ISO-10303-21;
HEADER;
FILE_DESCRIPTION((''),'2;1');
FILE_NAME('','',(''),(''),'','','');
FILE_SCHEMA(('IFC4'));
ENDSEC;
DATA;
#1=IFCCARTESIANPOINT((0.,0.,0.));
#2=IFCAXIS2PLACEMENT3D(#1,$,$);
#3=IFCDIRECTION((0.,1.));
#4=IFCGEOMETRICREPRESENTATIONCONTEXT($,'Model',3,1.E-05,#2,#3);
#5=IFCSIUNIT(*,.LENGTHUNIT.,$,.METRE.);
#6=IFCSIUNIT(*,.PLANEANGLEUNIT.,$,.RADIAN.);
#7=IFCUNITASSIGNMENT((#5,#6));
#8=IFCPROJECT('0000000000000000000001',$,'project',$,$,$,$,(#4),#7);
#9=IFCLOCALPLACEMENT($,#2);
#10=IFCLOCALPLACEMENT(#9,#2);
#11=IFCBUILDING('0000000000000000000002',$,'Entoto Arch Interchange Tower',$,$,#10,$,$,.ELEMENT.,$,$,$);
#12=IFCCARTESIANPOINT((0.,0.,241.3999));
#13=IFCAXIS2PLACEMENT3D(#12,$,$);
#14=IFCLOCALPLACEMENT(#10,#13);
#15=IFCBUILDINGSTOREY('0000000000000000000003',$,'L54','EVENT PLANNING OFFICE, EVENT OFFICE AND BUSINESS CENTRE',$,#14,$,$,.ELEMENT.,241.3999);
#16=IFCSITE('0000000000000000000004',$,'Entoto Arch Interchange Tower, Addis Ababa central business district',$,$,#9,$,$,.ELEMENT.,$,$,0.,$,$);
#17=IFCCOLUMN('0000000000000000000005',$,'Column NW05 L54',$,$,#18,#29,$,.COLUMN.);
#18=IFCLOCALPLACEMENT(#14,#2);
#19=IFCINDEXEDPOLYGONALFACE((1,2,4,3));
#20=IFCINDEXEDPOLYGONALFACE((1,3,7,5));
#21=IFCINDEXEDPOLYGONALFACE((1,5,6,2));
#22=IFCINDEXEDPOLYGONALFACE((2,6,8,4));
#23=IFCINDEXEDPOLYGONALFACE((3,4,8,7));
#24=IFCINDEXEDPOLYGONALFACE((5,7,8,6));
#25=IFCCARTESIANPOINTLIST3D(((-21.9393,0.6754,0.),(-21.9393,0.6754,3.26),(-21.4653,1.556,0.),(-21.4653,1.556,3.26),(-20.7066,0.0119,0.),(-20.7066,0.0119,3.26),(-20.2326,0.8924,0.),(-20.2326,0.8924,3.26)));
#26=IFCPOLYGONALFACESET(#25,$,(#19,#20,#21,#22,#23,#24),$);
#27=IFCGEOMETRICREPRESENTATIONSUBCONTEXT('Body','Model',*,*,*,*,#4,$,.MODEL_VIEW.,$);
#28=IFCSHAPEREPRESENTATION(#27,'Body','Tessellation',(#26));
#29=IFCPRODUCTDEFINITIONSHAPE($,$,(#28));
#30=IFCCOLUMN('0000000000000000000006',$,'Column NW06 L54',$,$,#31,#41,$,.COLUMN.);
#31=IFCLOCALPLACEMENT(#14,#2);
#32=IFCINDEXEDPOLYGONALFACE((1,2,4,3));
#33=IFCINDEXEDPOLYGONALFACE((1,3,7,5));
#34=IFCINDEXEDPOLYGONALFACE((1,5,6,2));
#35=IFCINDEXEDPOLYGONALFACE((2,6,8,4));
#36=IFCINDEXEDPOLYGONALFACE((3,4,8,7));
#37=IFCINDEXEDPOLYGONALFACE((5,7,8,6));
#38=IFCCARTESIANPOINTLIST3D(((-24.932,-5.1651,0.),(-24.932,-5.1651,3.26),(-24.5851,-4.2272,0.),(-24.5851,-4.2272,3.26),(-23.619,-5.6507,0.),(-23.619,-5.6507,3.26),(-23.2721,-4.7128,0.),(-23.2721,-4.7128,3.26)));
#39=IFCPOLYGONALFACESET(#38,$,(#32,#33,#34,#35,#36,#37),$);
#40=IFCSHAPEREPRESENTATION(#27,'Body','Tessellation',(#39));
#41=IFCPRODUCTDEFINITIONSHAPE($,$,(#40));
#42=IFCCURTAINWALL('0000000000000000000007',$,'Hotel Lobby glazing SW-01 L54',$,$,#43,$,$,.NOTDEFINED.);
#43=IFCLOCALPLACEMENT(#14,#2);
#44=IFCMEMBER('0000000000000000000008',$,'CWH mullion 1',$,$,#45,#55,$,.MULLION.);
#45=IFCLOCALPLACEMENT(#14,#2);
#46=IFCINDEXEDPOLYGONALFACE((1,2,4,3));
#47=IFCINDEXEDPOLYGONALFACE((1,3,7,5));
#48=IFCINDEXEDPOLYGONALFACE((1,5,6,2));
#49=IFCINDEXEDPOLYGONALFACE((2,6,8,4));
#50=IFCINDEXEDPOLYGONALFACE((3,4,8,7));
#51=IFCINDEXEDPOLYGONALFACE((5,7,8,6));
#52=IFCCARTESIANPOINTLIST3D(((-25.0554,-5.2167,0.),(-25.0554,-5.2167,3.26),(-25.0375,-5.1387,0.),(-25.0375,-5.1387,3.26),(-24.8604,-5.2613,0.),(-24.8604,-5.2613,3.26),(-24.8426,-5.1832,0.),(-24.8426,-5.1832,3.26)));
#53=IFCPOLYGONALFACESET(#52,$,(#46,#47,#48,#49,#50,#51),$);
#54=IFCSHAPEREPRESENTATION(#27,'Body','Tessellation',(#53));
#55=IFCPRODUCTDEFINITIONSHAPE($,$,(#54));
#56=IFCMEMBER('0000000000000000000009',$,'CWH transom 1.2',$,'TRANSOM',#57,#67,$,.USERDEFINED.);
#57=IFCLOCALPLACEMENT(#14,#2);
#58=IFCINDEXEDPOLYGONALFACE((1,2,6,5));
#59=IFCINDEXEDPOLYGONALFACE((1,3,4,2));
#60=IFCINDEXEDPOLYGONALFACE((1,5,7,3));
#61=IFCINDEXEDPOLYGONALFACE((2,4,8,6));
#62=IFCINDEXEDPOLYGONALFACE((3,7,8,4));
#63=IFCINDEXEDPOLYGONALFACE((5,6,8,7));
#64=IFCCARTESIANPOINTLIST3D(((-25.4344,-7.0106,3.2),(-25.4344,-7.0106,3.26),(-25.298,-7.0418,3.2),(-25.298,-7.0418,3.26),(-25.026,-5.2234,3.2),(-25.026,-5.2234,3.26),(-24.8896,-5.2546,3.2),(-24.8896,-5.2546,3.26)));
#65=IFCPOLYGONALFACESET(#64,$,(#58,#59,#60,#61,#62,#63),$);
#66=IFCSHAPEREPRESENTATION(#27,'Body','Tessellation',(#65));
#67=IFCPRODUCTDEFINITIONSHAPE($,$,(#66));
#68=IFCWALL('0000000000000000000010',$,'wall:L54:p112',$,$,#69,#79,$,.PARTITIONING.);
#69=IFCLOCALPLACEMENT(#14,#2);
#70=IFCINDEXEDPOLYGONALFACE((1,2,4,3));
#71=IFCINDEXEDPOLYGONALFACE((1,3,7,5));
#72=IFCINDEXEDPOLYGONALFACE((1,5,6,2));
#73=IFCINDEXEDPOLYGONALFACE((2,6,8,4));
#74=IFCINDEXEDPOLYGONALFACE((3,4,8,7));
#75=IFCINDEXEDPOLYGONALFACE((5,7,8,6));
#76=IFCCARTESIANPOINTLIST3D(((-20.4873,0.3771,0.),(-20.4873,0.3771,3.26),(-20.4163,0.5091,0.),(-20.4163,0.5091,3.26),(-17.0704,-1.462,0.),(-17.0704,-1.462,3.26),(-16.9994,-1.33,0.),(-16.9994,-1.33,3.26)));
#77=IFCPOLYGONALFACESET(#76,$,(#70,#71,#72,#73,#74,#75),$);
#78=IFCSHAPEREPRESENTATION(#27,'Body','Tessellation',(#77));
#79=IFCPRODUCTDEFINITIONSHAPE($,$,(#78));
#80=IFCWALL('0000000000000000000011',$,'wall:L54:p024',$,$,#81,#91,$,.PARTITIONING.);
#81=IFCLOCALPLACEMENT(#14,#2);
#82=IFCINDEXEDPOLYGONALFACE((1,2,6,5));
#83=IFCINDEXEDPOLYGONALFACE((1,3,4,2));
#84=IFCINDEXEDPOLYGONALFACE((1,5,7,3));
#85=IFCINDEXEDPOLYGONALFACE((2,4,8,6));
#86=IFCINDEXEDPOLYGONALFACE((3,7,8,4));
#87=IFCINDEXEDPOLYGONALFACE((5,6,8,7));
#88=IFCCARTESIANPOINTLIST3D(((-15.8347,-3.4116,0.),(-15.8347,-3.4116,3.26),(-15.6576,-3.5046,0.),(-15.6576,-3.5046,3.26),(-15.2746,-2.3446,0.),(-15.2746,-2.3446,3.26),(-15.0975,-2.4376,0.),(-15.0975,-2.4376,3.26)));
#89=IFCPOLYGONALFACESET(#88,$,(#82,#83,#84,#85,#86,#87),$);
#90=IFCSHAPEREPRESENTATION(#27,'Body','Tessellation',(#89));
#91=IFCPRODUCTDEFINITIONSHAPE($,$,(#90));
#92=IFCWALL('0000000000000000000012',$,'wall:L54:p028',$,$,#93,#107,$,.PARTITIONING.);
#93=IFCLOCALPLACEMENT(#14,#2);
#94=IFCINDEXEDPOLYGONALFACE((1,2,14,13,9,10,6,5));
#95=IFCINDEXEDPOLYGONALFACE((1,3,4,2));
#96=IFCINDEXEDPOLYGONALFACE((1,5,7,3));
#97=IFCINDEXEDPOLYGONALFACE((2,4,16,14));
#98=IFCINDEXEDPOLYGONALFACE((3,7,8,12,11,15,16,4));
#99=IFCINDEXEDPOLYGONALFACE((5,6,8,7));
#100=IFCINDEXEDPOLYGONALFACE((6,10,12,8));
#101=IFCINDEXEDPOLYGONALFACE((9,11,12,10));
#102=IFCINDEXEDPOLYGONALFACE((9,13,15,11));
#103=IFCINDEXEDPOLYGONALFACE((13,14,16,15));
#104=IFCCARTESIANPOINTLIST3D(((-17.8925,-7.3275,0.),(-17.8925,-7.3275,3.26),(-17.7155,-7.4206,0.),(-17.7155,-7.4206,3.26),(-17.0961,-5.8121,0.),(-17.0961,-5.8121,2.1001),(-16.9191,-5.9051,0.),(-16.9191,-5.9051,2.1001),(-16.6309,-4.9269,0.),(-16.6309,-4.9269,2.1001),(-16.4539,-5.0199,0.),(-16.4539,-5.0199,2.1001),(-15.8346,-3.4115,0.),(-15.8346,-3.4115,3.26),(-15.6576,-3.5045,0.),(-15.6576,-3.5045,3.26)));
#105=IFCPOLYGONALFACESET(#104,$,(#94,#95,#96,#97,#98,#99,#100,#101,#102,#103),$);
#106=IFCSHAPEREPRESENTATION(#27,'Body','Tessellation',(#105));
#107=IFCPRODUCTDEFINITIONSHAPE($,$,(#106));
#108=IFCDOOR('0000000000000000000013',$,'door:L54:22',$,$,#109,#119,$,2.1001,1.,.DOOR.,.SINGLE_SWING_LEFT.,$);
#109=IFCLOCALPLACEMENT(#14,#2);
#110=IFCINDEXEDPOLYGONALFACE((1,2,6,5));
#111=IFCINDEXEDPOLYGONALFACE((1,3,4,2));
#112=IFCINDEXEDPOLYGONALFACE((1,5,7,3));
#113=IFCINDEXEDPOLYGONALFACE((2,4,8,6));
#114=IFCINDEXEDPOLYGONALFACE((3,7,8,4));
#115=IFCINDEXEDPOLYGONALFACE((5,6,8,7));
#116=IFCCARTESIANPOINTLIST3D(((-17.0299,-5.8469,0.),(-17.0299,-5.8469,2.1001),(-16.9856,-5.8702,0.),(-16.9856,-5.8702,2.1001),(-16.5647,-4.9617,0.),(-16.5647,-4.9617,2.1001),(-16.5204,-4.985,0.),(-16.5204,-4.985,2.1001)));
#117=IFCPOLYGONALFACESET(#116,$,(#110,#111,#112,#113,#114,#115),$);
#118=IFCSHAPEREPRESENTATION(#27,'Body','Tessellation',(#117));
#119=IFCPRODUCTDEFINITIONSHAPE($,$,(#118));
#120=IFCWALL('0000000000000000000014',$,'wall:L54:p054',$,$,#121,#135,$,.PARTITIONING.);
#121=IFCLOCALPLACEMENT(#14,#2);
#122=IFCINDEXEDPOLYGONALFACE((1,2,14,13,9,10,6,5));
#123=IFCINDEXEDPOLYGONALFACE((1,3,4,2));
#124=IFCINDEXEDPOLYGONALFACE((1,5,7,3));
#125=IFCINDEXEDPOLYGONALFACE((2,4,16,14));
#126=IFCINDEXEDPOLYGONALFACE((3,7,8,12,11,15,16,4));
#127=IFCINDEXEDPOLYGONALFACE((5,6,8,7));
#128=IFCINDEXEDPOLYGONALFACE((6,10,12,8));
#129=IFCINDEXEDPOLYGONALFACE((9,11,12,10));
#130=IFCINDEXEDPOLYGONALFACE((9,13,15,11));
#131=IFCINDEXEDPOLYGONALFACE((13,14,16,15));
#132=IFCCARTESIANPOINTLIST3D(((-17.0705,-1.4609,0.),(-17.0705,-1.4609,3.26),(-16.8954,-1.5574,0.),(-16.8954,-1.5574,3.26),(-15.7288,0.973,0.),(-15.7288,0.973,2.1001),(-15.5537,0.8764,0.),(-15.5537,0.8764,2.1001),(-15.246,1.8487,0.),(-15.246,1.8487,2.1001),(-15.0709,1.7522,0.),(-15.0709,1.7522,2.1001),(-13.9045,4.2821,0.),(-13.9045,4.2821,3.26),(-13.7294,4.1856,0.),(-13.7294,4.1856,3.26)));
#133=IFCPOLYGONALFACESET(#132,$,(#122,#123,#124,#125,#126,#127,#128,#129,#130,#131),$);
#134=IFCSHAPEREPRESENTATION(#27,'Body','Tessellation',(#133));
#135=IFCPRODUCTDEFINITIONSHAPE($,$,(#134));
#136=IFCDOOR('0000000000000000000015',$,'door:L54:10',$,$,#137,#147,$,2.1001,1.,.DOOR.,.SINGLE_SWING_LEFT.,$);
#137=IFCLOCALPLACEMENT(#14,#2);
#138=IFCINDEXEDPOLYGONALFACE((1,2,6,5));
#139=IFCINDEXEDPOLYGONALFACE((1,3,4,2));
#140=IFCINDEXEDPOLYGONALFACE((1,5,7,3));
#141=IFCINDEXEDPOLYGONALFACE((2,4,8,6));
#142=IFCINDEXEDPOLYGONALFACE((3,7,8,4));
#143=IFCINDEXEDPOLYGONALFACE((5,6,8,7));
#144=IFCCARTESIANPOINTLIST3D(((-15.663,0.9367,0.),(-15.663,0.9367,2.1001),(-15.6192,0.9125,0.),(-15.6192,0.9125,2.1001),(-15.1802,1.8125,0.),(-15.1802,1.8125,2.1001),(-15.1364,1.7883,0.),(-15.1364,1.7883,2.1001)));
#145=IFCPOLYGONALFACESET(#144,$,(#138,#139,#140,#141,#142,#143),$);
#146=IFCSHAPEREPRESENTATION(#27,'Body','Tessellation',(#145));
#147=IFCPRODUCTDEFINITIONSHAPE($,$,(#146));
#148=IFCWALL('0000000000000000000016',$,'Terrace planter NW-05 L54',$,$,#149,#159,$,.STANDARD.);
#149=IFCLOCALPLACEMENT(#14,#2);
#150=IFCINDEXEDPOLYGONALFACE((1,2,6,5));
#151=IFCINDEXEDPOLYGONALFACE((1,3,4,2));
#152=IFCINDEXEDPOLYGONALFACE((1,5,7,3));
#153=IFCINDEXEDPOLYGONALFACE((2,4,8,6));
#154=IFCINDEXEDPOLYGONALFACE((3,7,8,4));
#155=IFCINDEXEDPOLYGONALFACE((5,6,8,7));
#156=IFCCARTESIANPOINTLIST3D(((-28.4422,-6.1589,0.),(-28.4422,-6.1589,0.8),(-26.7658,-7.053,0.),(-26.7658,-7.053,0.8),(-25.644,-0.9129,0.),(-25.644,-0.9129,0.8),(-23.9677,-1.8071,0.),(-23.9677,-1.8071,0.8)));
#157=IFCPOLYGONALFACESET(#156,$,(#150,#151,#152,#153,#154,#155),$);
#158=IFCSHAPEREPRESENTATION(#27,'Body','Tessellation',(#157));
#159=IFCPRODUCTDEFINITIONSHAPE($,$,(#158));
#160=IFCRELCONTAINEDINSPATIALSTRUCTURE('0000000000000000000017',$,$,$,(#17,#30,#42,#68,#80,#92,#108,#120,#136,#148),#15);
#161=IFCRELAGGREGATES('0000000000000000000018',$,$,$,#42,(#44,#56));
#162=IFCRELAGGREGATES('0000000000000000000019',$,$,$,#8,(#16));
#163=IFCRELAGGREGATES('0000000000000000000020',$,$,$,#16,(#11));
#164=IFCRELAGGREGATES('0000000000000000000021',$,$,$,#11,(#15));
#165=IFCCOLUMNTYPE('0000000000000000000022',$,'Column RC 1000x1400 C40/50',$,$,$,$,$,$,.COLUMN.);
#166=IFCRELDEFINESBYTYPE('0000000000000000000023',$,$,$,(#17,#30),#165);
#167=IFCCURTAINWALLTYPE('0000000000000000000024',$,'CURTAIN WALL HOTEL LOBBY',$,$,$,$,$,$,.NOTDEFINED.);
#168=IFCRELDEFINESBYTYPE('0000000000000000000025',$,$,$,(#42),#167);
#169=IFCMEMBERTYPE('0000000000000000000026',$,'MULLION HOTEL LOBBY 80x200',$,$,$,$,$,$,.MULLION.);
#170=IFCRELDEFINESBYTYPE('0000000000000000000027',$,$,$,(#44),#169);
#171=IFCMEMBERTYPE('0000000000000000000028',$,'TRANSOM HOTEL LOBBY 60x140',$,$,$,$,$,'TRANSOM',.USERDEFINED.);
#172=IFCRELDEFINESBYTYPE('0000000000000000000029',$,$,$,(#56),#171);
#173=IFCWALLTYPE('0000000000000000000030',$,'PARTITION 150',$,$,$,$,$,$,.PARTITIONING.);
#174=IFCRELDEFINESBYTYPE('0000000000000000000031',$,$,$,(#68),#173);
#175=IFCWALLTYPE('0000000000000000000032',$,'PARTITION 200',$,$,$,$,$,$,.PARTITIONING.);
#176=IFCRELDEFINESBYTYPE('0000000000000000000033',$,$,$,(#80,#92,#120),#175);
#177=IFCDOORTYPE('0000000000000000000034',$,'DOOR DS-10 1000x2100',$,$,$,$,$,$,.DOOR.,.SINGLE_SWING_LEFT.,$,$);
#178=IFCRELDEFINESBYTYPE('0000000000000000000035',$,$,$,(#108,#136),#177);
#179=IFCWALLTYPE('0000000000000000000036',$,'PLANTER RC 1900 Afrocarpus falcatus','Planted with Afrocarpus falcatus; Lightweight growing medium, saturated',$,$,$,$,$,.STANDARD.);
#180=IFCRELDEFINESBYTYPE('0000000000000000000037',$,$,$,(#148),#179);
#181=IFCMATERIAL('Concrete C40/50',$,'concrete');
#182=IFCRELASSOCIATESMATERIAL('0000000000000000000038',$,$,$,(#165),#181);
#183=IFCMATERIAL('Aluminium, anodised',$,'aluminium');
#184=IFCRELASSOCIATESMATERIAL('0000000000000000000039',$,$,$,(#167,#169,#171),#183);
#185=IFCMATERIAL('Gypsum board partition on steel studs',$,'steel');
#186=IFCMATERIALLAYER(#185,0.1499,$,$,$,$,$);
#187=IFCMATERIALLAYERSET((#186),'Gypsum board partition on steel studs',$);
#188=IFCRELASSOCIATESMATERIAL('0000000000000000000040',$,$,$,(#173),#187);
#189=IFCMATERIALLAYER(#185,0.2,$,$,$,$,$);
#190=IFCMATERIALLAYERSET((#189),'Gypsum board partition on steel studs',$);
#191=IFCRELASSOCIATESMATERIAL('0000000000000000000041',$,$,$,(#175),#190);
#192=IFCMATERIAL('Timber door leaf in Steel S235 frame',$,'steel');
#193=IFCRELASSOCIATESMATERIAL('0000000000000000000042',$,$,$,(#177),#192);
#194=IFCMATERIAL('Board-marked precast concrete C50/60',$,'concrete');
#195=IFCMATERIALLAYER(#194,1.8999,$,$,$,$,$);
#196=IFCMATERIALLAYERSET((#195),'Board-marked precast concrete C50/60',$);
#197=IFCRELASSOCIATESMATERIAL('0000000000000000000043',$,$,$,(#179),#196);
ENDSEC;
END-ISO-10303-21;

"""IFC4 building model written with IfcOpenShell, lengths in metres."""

from ifc_helpers import new_model, si_unit, direction, frame, frame_2d, origin, origin_2d, place, context, subcontext, project, spatial, rectangle, extrude, material, layer, layer_set, material_profile, profile_set, type_object, element, fill, aggregate, save


model = new_model("IFC4")

# Units and contexts
model_context = context("Model", 3, precision=1e-05, world=origin(), true_north=direction((0.0, 1.0)))
body_context = subcontext(model_context, "Body", "Model", "MODEL_VIEW")
ifc_project = project(units=[si_unit("LENGTHUNIT", "METRE"), si_unit("PLANEANGLEUNIT", "RADIAN")], contexts=[model_context])

# Site, building, storey
site_placement = place(None, origin())
site = spatial("IfcSite", under=ifc_project, at=site_placement, Name="Entoto Arch Interchange Tower, Addis Ababa central business district", CompositionType="ELEMENT", RefElevation=0.0)
building_placement = place(site_placement, origin())
building = spatial("IfcBuilding", under=site, at=building_placement, Name="Entoto Arch Interchange Tower", CompositionType="ELEMENT")
storey_placement = place(building_placement, frame((0.0, 0.0, 241.3999)))
storey = spatial("IfcBuildingStorey", under=building, at=storey_placement, Name="L54", Description="EVENT PLANNING OFFICE, EVENT OFFICE AND BUSINESS CENTRE", CompositionType="ELEMENT", Elevation=241.3999)

# Columns
ifc_material_1 = material(Name="Concrete C40/50", Category="concrete")
ifc_material_profile_1 = material_profile(ifc_material_1, rectangle(XDim=1.0, YDim=1.3999, at=origin_2d()))
ifc_profile_set_1 = profile_set([ifc_material_profile_1], Name="Concrete C40/50")
column_type = type_object("IfcColumnType", Name="Column RC 1000x1400 C40/50", PredefinedType="COLUMN", material=ifc_profile_set_1)
for number, where, z_axis, x_axis, name in (
    (1, (-21.0859, 0.7839, 0.0), (0.0, 0.0, 1.0), (0.473981, 0.880535, 0.0), "Column NW05 L54"),
    (2, (-24.1021, -4.939, 0.0), (0.0, 0.0, 1.0), (0.346854, 0.937919, 0.0), "Column NW06 L54"),
):
    element("IfcColumn", number, at=place(storey_placement, frame(where, z_axis=z_axis, x_axis=x_axis)), inside=storey, type_object=column_type, Name=name, PredefinedType="COLUMN", context=body_context, shape_type="SweptSolid", body=[
        extrude(rectangle(XDim=1.0, YDim=1.3999, at=origin_2d()), origin(), (0.0, 0.0, 1.0), 3.26),
    ])

# Curtain wall, members
ifc_material_2 = material(Name="Aluminium, anodised", Category="aluminium")
curtain_wall_type = type_object("IfcCurtainWallType", Name="CURTAIN WALL HOTEL LOBBY", PredefinedType="NOTDEFINED", material=ifc_material_2)
curtain_wall_placement = place(storey_placement, origin())
curtain_wall = element("IfcCurtainWall", 3, at=curtain_wall_placement, inside=storey, type_object=curtain_wall_type, Name="Hotel Lobby glazing SW-01 L54", PredefinedType="NOTDEFINED")
ifc_material_profile_2 = material_profile(ifc_material_2, rectangle(XDim=0.2, YDim=0.0801, at=origin_2d()))
ifc_profile_set_2 = profile_set([ifc_material_profile_2], Name="Aluminium, anodised")
member_type_1 = type_object("IfcMemberType", Name="MULLION HOTEL LOBBY 80x200", PredefinedType="MULLION", material=ifc_profile_set_2)
member_1_placement = place(storey_placement, frame((-24.949, -5.2, 0.0), z_axis=(0.0, 0.0, 1.0), x_axis=(0.974881, -0.222727, 0.0)))
member_1 = element("IfcMember", 4, at=member_1_placement, type_object=member_type_1, Name="CWH mullion 1", PredefinedType="MULLION", context=body_context, shape_type="SweptSolid", body=[
    extrude(rectangle(XDim=0.2, YDim=0.0801, at=origin_2d()), origin(), (0.0, 0.0, 1.0), 3.26),
])
ifc_material_profile_3 = material_profile(ifc_material_2, rectangle(XDim=0.1399, YDim=0.0601, at=origin_2d()))
ifc_profile_set_3 = profile_set([ifc_material_profile_3], Name="Aluminium, anodised")
member_type_2 = type_object("IfcMemberType", Name="TRANSOM HOTEL LOBBY 60x140", ElementType="TRANSOM", PredefinedType="USERDEFINED", material=ifc_profile_set_3)
member_2_placement = place(storey_placement, frame((-24.9578, -5.239, 3.23), z_axis=(-0.222807, -0.974863, 0.0), x_axis=(0.974863, -0.222807, 0.0)))
member_2 = element("IfcMember", 5, at=member_2_placement, type_object=member_type_2, Name="CWH transom 1.2", ObjectType="TRANSOM", PredefinedType="USERDEFINED", context=body_context, shape_type="SweptSolid", body=[
    extrude(rectangle(XDim=0.1399, YDim=0.0601, at=origin_2d()), origin(), (0.0, 0.0, 1.0), 1.8333),
])
aggregate(curtain_wall, [member_1, member_2])

# Walls
ifc_material_3 = material(Name="Gypsum board partition on steel studs", Category="steel")
ifc_layer_1 = layer(ifc_material_3, 0.1499)
ifc_layer_set_1 = layer_set([ifc_layer_1], Name="Gypsum board partition on steel studs")
wall_type_1 = type_object("IfcWallType", Name="PARTITION 150", PredefinedType="PARTITIONING", material=ifc_layer_set_1)
wall_1_placement = place(storey_placement, frame((-17.0349, -1.396, 0.0), z_axis=(0.0, 0.0, 1.0), x_axis=(-0.880558, 0.473938, 0.0)))
element("IfcWall", 6, at=wall_1_placement, inside=storey, type_object=wall_type_1, Name="wall:L54:p112", PredefinedType="PARTITIONING", context=body_context, shape_type="SweptSolid", body=[
    extrude(rectangle(XDim=3.8804, YDim=0.1499, at=frame_2d((1.9402, 0.0))), origin(), (0.0, 0.0, 1.0), 3.26),
])
ifc_layer_2 = layer(ifc_material_3, 0.2)
ifc_layer_set_2 = layer_set([ifc_layer_2], Name="Gypsum board partition on steel studs")
wall_type_2 = type_object("IfcWallType", Name="PARTITION 200", PredefinedType="PARTITIONING", material=ifc_layer_set_2)
wall_2_placement = place(storey_placement, frame((-15.186, -2.3911, 0.0), z_axis=(0.0, 0.0, 1.0), x_axis=(-0.464794, -0.885419, 0.0)))
element("IfcWall", 7, at=wall_2_placement, inside=storey, type_object=wall_type_2, Name="wall:L54:p024", PredefinedType="PARTITIONING", context=body_context, shape_type="SweptSolid", body=[
    extrude(rectangle(XDim=1.2051, YDim=0.2, at=frame_2d((0.6025, 0.0))), origin(), (0.0, 0.0, 1.0), 3.26),
])

# Walls, openings, doors
wall_3_placement = place(storey_placement, frame((-15.7461, -3.458, 0.0), z_axis=(0.0, 0.0, 1.0), x_axis=(-0.46518, -0.885216, 0.0)))
wall_3 = element("IfcWall", 8, at=wall_3_placement, inside=storey, type_object=wall_type_2, Name="wall:L54:p028", PredefinedType="PARTITIONING", context=body_context, shape_type="SweptSolid", body=[
    extrude(rectangle(XDim=4.4238, YDim=0.2, at=frame_2d((2.2119, 0.0))), origin(), (0.0, 0.0, 1.0), 3.26),
])
opening_1_placement = place(wall_3_placement, frame((1.7119, 0.0, 0.0)))
opening_1 = element("IfcOpeningElement", 9, at=opening_1_placement, cuts=wall_3, PredefinedType="OPENING", context=body_context, shape_type="SweptSolid", body=[
    extrude(rectangle(XDim=1.0, YDim=2.1001, at=frame_2d((0.5, 1.05))), frame((0.0, 0.1099, 0.0), z_axis=(0.0, -1.0, 0.0), x_axis=(1.0, 0.0, 0.0)), (0.0, 0.0, 1.0), 0.22),
])
ifc_material_4 = material(Name="Timber door leaf in Steel S235 frame", Category="steel")
door_type = type_object("IfcDoorType", Name="DOOR DS-10 1000x2100", OperationType="SINGLE_SWING_LEFT", PredefinedType="DOOR", material=ifc_material_4)
door_1_placement = place(opening_1_placement, origin())
door_1 = element("IfcDoor", 10, at=door_1_placement, inside=storey, type_object=door_type, Name="door:L54:22", OperationType="SINGLE_SWING_LEFT", OverallHeight=2.1001, OverallWidth=1.0, PredefinedType="DOOR", context=body_context, shape_type="SweptSolid", body=[
    extrude(rectangle(XDim=1.0, YDim=2.1001, at=frame_2d((0.5, 1.05))), frame((0.0, 0.0249, 0.0), z_axis=(0.0, -1.0, 0.0), x_axis=(1.0, 0.0, 0.0)), (0.0, 0.0, 1.0), 0.05),
])
fill(opening_1, door_1)
wall_4_placement = place(storey_placement, frame((-16.9829, -1.509, 0.0), z_axis=(0.0, 0.0, 1.0), x_axis=(0.482786, 0.875738, 0.0)))
wall_4 = element("IfcWall", 11, at=wall_4_placement, inside=storey, type_object=wall_type_2, Name="wall:L54:p054", PredefinedType="PARTITIONING", context=body_context, shape_type="SweptSolid", body=[
    extrude(rectangle(XDim=6.5579, YDim=0.2, at=frame_2d((3.2788, 0.0))), origin(), (0.0, 0.0, 1.0), 3.26),
])
opening_2_placement = place(wall_4_placement, frame((2.7791, 0.0, 0.0)))
opening_2 = element("IfcOpeningElement", 12, at=opening_2_placement, cuts=wall_4, PredefinedType="OPENING", context=body_context, shape_type="SweptSolid", body=[
    extrude(rectangle(XDim=1.0, YDim=2.1001, at=frame_2d((0.5, 1.05))), frame((0.0, 0.1099, 0.0), z_axis=(0.0, -1.0, 0.0), x_axis=(1.0, 0.0, 0.0)), (0.0, 0.0, 1.0), 0.22),
])
door_2_placement = place(opening_2_placement, origin())
door_2 = element("IfcDoor", 13, at=door_2_placement, inside=storey, type_object=door_type, Name="door:L54:10", OperationType="SINGLE_SWING_LEFT", OverallHeight=2.1001, OverallWidth=1.0, PredefinedType="DOOR", context=body_context, shape_type="SweptSolid", body=[
    extrude(rectangle(XDim=1.0, YDim=2.1001, at=frame_2d((0.5, 1.05))), frame((0.0, 0.0249, 0.0), z_axis=(0.0, -1.0, 0.0), x_axis=(1.0, 0.0, 0.0)), (0.0, 0.0, 1.0), 0.05),
])
fill(opening_2, door_2)

# Wall
ifc_material_5 = material(Name="Board-marked precast concrete C50/60", Category="concrete")
ifc_layer_3 = layer(ifc_material_5, 1.8999)
ifc_layer_set_3 = layer_set([ifc_layer_3], Name="Board-marked precast concrete C50/60")
wall_type_3 = type_object("IfcWallType", Name="PLANTER RC 1900 Afrocarpus falcatus", Description="Planted with Afrocarpus falcatus; Lightweight growing medium, saturated", PredefinedType="STANDARD", material=ifc_layer_set_3)
wall_5_placement = place(storey_placement, frame((-24.8059, -1.3601, 0.0), z_axis=(0.0, 0.0, 1.0), x_axis=(-0.470629, -0.882331, 0.0)))
element("IfcWall", 14, at=wall_5_placement, inside=storey, type_object=wall_type_3, Name="Terrace planter NW-05 L54", PredefinedType="STANDARD", context=body_context, shape_type="SweptSolid", body=[
    extrude(rectangle(XDim=5.9456, YDim=1.8999, at=frame_2d((2.9727, 0.0))), origin(), (0.0, 0.0, 1.0), 0.8),
])

save(model, "model.ifc")
